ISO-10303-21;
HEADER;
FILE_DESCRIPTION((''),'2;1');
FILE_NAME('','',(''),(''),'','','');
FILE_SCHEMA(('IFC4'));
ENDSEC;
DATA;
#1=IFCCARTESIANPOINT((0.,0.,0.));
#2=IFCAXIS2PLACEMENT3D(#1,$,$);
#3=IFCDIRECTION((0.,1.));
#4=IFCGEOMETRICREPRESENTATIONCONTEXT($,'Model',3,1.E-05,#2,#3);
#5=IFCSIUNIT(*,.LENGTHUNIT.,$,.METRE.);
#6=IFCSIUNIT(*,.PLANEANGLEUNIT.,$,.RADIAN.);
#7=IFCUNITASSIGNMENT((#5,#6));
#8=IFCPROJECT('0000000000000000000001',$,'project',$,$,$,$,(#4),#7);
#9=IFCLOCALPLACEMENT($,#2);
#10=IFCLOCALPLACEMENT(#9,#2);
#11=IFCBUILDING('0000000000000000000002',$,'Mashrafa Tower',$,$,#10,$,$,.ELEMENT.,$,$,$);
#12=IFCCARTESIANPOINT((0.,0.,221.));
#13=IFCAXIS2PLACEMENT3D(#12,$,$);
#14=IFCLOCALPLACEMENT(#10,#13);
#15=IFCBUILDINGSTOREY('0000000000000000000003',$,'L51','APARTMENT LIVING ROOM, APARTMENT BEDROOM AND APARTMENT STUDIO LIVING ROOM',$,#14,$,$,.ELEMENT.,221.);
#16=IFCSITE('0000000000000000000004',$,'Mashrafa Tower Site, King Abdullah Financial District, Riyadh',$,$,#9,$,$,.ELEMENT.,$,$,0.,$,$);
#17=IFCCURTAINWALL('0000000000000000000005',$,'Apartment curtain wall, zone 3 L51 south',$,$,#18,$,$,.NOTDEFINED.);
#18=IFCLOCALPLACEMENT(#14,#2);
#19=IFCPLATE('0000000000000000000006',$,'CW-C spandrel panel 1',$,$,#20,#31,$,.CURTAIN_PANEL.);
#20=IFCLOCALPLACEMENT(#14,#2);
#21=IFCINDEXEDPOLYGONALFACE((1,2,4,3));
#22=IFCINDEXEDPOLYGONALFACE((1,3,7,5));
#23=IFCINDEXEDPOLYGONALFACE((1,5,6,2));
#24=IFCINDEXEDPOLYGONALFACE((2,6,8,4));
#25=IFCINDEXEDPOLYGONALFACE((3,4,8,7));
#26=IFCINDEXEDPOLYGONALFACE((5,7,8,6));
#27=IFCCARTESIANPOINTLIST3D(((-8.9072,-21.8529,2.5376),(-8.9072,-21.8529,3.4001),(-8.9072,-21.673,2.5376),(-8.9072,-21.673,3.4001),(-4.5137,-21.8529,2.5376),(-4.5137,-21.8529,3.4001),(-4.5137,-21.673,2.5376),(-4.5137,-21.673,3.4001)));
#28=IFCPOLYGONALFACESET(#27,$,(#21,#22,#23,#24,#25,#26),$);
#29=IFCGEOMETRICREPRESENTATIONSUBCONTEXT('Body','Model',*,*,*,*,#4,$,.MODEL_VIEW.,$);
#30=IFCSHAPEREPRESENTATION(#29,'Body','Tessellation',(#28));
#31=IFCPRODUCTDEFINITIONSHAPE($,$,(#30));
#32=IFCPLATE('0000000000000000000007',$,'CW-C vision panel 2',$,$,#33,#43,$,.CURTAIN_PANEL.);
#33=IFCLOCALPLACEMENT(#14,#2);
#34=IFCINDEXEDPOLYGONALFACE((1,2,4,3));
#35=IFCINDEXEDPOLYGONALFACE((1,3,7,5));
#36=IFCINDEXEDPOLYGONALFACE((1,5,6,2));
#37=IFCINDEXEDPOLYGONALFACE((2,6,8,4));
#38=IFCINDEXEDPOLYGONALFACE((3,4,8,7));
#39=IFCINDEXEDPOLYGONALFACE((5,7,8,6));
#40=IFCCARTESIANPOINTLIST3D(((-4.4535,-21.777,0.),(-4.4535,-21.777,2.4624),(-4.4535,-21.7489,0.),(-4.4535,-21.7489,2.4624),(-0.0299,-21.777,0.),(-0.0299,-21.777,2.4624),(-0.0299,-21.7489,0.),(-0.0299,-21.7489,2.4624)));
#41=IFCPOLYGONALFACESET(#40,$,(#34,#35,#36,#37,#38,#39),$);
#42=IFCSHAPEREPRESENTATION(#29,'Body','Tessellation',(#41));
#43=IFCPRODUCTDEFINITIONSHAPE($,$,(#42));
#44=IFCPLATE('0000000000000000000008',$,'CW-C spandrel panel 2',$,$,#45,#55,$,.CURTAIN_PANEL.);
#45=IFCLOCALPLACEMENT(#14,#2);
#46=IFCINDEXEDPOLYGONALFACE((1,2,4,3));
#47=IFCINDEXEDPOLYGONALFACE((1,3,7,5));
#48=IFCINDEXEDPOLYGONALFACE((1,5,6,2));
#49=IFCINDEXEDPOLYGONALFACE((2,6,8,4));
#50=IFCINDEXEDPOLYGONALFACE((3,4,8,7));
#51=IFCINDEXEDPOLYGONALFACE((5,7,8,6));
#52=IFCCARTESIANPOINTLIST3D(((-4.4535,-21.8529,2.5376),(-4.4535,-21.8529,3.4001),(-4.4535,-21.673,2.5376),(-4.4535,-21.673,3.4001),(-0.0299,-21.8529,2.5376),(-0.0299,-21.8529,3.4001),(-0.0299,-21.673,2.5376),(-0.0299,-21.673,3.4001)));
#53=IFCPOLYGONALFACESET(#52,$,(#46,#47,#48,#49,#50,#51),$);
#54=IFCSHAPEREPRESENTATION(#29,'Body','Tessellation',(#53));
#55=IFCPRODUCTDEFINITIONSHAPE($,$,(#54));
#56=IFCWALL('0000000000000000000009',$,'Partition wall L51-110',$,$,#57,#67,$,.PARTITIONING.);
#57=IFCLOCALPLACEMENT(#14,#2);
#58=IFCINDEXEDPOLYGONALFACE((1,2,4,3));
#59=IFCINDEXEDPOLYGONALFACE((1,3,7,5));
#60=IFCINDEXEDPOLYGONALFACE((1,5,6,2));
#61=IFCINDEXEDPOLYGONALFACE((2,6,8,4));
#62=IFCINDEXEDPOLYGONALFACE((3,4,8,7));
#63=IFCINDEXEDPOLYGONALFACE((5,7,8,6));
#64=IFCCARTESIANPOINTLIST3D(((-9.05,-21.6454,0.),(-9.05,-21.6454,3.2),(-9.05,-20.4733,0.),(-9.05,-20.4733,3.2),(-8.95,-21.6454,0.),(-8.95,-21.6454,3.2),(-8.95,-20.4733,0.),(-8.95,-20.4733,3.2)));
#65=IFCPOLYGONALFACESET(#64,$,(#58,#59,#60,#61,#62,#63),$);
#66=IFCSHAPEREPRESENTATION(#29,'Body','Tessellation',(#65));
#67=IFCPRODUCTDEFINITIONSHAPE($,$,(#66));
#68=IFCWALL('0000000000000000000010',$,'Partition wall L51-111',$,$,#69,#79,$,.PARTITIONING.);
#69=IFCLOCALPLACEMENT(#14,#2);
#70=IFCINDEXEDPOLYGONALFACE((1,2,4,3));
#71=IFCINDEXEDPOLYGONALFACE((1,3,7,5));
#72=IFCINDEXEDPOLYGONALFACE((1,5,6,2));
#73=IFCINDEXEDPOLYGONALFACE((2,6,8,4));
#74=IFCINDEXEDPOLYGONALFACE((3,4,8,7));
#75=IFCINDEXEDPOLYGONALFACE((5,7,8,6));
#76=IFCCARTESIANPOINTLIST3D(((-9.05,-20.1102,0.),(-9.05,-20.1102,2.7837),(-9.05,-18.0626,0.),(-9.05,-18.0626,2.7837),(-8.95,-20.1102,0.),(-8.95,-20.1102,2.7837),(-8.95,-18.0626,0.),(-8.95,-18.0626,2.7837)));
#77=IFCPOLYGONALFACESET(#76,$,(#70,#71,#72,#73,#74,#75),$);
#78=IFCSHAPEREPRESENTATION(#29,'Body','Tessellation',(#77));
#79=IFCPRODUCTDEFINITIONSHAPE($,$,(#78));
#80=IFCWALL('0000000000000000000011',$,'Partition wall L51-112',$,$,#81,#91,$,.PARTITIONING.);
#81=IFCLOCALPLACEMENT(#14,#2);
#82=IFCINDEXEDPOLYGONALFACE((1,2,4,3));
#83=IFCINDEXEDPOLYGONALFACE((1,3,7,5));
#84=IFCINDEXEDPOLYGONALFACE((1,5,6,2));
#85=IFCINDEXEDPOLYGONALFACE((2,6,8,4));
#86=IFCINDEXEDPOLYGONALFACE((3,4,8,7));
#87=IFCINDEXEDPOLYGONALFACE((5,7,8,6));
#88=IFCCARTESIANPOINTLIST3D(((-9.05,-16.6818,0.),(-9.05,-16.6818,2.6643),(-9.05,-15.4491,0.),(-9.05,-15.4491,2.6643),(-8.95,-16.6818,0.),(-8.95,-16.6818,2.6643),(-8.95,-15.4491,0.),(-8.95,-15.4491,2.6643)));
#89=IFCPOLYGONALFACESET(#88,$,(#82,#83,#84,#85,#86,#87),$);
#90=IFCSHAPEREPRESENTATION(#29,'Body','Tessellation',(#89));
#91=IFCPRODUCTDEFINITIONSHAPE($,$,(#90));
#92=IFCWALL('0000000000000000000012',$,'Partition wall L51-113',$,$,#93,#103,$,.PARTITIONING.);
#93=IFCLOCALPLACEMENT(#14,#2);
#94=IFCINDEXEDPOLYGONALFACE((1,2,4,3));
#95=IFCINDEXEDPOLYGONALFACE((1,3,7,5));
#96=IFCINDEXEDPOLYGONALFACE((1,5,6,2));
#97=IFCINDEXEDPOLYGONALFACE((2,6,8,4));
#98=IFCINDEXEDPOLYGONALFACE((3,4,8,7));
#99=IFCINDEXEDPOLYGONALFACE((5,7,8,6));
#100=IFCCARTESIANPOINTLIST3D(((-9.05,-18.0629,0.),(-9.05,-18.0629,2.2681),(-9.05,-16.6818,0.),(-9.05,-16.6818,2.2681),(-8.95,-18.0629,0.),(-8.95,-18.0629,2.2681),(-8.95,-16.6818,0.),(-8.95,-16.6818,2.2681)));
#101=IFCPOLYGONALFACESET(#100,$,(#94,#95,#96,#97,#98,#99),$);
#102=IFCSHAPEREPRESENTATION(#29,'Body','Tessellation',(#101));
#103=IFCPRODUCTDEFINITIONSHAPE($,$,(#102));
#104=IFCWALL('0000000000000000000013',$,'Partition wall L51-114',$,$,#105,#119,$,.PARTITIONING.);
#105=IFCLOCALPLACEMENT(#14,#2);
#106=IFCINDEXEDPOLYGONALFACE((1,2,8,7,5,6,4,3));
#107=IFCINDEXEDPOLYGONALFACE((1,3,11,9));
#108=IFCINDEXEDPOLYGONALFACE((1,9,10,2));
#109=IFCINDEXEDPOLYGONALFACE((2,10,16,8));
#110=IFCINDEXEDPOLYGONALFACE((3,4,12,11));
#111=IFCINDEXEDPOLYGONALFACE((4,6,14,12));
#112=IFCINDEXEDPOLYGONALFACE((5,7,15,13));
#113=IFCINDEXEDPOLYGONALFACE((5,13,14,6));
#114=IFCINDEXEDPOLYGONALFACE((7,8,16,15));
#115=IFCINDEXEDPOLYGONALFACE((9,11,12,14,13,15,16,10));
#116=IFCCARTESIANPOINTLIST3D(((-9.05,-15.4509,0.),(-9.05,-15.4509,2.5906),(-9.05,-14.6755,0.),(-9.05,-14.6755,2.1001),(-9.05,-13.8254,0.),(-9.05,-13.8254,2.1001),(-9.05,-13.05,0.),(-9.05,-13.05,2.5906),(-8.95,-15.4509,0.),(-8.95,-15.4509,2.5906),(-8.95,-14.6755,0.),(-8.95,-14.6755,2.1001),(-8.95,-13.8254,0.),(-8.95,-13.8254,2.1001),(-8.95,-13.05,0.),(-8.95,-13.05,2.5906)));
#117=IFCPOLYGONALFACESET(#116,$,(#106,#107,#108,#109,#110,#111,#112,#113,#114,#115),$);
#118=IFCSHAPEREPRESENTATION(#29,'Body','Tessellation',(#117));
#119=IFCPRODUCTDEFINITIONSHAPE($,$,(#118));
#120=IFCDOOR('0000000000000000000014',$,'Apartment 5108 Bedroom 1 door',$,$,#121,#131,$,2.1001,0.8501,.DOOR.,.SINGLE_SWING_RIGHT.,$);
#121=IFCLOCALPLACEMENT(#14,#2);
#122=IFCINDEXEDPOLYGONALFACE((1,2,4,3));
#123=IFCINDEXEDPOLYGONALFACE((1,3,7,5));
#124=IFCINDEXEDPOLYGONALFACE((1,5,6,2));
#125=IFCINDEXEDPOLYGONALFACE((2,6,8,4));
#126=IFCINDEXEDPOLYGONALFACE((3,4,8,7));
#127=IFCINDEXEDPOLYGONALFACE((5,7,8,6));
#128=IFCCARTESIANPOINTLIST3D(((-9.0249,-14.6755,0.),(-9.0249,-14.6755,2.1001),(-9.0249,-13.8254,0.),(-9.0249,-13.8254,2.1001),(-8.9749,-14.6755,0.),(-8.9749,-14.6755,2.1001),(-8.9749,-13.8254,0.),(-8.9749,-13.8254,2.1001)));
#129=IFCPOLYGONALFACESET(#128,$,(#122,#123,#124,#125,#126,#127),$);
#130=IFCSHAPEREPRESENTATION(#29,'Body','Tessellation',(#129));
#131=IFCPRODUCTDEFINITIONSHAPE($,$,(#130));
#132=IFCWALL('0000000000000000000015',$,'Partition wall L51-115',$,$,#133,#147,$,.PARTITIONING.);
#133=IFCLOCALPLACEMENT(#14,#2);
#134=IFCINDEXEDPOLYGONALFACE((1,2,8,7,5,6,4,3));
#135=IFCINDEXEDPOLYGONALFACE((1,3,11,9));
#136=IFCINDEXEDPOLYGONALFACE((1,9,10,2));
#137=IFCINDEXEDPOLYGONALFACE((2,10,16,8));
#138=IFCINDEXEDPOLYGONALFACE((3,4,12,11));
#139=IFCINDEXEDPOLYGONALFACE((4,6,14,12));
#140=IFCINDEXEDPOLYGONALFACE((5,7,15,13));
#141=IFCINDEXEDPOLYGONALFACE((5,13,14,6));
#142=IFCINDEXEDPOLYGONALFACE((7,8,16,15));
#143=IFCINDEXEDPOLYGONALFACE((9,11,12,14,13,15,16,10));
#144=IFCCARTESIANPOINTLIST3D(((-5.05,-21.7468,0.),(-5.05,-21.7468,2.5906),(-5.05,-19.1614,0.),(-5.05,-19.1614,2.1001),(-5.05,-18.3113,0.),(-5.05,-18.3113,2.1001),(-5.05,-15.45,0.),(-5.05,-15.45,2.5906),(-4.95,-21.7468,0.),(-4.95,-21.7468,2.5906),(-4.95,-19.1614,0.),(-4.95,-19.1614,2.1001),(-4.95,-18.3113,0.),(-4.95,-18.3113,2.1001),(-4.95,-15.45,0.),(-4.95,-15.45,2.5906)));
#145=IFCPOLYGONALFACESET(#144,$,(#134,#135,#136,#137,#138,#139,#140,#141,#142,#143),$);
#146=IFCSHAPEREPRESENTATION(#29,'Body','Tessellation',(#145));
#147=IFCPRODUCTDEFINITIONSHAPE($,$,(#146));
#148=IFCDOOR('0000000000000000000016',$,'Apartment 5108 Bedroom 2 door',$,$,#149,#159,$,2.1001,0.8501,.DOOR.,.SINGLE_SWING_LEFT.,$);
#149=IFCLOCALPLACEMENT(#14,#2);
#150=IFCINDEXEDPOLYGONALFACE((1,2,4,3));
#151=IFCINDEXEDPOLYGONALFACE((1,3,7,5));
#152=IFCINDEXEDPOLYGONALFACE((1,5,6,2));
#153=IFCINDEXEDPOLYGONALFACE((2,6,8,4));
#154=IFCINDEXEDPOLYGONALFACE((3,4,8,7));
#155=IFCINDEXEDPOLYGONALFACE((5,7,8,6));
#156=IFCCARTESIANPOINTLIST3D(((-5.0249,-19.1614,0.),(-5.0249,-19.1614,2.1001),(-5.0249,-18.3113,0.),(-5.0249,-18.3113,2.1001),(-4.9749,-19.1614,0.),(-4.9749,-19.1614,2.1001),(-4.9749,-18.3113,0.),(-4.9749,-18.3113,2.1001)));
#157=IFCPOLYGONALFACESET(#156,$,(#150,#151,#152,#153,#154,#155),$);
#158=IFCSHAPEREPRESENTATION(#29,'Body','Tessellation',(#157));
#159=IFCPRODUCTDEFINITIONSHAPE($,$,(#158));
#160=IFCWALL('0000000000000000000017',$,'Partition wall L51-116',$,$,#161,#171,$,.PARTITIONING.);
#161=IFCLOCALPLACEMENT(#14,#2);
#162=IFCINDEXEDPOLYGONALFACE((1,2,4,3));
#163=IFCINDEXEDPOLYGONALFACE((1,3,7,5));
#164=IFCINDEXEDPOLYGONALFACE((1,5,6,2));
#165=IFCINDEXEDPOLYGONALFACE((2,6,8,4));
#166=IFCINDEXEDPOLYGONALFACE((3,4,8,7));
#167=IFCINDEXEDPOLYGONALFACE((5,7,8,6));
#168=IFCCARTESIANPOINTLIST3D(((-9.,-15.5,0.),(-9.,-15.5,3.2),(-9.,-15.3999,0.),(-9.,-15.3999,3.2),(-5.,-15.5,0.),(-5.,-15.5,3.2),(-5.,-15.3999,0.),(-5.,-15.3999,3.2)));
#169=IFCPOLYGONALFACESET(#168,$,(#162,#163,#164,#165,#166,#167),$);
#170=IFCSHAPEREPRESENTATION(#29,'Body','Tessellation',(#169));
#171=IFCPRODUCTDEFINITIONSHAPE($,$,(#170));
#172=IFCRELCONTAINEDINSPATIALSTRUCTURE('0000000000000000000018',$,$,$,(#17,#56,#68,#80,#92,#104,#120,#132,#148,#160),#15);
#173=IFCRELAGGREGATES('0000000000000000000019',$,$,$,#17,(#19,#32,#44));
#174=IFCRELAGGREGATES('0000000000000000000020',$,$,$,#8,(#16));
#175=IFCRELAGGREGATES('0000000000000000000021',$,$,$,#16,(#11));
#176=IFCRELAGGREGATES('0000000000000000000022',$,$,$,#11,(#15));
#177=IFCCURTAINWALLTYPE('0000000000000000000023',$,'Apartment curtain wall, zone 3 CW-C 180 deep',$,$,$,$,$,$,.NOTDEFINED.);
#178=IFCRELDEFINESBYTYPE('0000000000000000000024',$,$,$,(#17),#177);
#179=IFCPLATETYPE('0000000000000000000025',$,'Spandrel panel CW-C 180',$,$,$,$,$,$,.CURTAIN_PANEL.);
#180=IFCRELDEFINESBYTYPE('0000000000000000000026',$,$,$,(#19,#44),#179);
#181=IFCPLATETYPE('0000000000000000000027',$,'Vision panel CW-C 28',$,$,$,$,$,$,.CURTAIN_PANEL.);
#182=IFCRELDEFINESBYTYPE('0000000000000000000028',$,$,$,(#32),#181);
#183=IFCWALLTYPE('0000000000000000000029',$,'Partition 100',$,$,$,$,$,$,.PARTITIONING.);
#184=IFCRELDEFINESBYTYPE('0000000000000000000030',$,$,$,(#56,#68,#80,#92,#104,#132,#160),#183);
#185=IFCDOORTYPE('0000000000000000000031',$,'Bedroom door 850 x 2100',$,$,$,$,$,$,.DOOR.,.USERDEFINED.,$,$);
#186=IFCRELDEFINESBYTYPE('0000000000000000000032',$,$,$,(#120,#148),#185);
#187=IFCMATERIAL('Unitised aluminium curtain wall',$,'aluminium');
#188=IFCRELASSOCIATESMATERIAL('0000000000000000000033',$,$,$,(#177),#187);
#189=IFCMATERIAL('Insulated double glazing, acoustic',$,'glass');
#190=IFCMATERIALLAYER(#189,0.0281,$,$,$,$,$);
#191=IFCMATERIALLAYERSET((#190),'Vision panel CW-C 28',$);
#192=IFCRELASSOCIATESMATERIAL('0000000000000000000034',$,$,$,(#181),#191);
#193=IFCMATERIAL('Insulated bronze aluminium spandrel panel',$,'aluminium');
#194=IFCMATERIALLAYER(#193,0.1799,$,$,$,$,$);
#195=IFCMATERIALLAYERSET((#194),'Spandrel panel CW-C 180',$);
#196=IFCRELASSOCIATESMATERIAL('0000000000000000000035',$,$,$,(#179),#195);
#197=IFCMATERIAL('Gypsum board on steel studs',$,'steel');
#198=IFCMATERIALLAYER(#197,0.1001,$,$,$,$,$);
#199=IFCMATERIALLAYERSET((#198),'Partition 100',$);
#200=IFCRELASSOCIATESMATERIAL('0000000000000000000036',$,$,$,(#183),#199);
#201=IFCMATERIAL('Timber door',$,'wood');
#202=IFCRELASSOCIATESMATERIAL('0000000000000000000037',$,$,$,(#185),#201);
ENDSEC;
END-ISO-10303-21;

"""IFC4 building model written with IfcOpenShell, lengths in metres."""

from ifc_helpers import new_model, si_unit, direction, frame, frame_2d, origin, origin_2d, place, context, subcontext, project, spatial, rectangle, extrude, source, transform, mapped, material, layer, layer_set, type_object, type_shapes, element, fill, aggregate, save


model = new_model("IFC4")

# Units and contexts
model_context = context("Model", 3, precision=1e-05, world=origin(), true_north=direction((0.0, 1.0)))
body_context = subcontext(model_context, "Body", "Model", "MODEL_VIEW")
ifc_project = project(units=[si_unit("LENGTHUNIT", "METRE"), si_unit("PLANEANGLEUNIT", "RADIAN")], contexts=[model_context])

# Site, building, storey
site_placement = place(None, origin())
site = spatial("IfcSite", under=ifc_project, at=site_placement, Name="Mashrafa Tower Site, King Abdullah Financial District, Riyadh", CompositionType="ELEMENT", RefElevation=0.0)
building_placement = place(site_placement, origin())
building = spatial("IfcBuilding", under=site, at=building_placement, Name="Mashrafa Tower", CompositionType="ELEMENT")
storey_placement = place(building_placement, frame((0.0, 0.0, 221.0)))
storey = spatial("IfcBuildingStorey", under=building, at=storey_placement, Name="L51", Description="APARTMENT LIVING ROOM, APARTMENT BEDROOM AND APARTMENT STUDIO LIVING ROOM", CompositionType="ELEMENT", Elevation=221.0)

# Curtain wall
ifc_material_1 = material(Name="Unitised aluminium curtain wall", Category="aluminium")
curtain_wall_type = type_object("IfcCurtainWallType", Name="Apartment curtain wall, zone 3 CW-C 180 deep", PredefinedType="NOTDEFINED", material=ifc_material_1)
curtain_wall_1_placement = place(storey_placement, origin())
curtain_wall_1 = element("IfcCurtainWall", 1, at=curtain_wall_1_placement, inside=storey, type_object=curtain_wall_type, Name="Apartment curtain wall, zone 3 L51 south", PredefinedType="NOTDEFINED")

# Plates
ifc_material_2 = material(Name="Insulated double glazing, acoustic", Category="glass")
ifc_layer_1 = layer(ifc_material_2, 0.0281)
ifc_layer_set_1 = layer_set([ifc_layer_1], Name="Vision panel CW-C 28")
plate_type_1 = type_object("IfcPlateType", Name="Vision panel CW-C 28", PredefinedType="CURTAIN_PANEL", material=ifc_layer_set_1)
ifc_material_3 = material(Name="Insulated bronze aluminium spandrel panel", Category="aluminium")
ifc_layer_2 = layer(ifc_material_3, 0.1799)
ifc_layer_set_2 = layer_set([ifc_layer_2], Name="Spandrel panel CW-C 180")
plate_type_2 = type_object("IfcPlateType", Name="Spandrel panel CW-C 180", PredefinedType="CURTAIN_PANEL", material=ifc_layer_set_2)
shared_shape_1 = source(origin(), body_context, "Body", "SweptSolid", [
    extrude(rectangle(XDim=4.3936, YDim=0.1799, at=origin_2d()), origin(), (0.0, 0.0, 1.0), 0.8625),
])
plate_1_placement = place(storey_placement, frame((-6.7104, -21.7629, 2.5376), z_axis=(0.0, 0.0, 1.0), x_axis=(1.0, 0.0, 0.0)))
plate_1 = element("IfcPlate", 2, at=plate_1_placement, type_object=plate_type_2, Name="CW-C spandrel panel 1", PredefinedType="CURTAIN_PANEL", context=body_context, shape_type="MappedRepresentation", body=[
    mapped(shared_shape_1, transform((0.0, 0.0, 0.0))),
])
shared_shape_2 = source(origin(), body_context, "Body", "SweptSolid", [
    extrude(rectangle(XDim=4.4236, YDim=0.0281, at=origin_2d()), origin(), (0.0, 0.0, 1.0), 2.4624),
])
plate_2_placement = place(storey_placement, frame((-2.2417, -21.7629, 0.0), z_axis=(0.0, 0.0, 1.0), x_axis=(1.0, 0.0, 0.0)))
plate_2 = element("IfcPlate", 3, at=plate_2_placement, type_object=plate_type_1, Name="CW-C vision panel 2", PredefinedType="CURTAIN_PANEL", context=body_context, shape_type="MappedRepresentation", body=[
    mapped(shared_shape_2, transform((0.0, 0.0, 0.0))),
])
shared_shape_3 = source(origin(), body_context, "Body", "SweptSolid", [
    extrude(rectangle(XDim=4.4236, YDim=0.1799, at=origin_2d()), origin(), (0.0, 0.0, 1.0), 0.8625),
])
type_shapes(plate_type_2, [shared_shape_1, shared_shape_3])
plate_3_placement = place(storey_placement, frame((-2.2417, -21.7629, 2.5376), z_axis=(0.0, 0.0, 1.0), x_axis=(1.0, 0.0, 0.0)))
plate_3 = element("IfcPlate", 4, at=plate_3_placement, type_object=plate_type_2, Name="CW-C spandrel panel 2", PredefinedType="CURTAIN_PANEL", context=body_context, shape_type="MappedRepresentation", body=[
    mapped(shared_shape_3, transform((0.0, 0.0, 0.0))),
])
aggregate(curtain_wall_1, [plate_1, plate_2, plate_3])

# Walls
ifc_material_4 = material(Name="Gypsum board on steel studs", Category="steel")
ifc_layer_3 = layer(ifc_material_4, 0.1001)
ifc_layer_set_3 = layer_set([ifc_layer_3], Name="Partition 100")
wall_type = type_object("IfcWallType", Name="Partition 100", PredefinedType="PARTITIONING", material=ifc_layer_set_3)
wall_1_placement = place(storey_placement, frame((-9.0, -21.6453, 0.0), z_axis=(0.0, 0.0, 1.0), x_axis=(0.0, 1.0, 0.0)))
element("IfcWall", 5, at=wall_1_placement, inside=storey, type_object=wall_type, Name="Partition wall L51-110", PredefinedType="PARTITIONING", context=body_context, shape_type="SweptSolid", body=[
    extrude(rectangle(XDim=1.1721, YDim=0.1001, at=frame_2d((0.5859, 0.0))), origin(), (0.0, 0.0, 1.0), 3.2),
])
wall_2_placement = place(storey_placement, frame((-9.0, -20.1104, 0.0), z_axis=(0.0, 0.0, 1.0), x_axis=(0.0, 1.0, 0.0)))
element("IfcWall", 6, at=wall_2_placement, inside=storey, type_object=wall_type, Name="Partition wall L51-111", PredefinedType="PARTITIONING", context=body_context, shape_type="SweptSolid", body=[
    extrude(rectangle(XDim=2.0476, YDim=0.1001, at=frame_2d((1.0239, 0.0))), origin(), (0.0, 0.0, 1.0), 2.7837),
])
wall_3_placement = place(storey_placement, frame((-9.0, -16.6816, 0.0), z_axis=(0.0, 0.0, 1.0), x_axis=(0.0, 1.0, 0.0)))
element("IfcWall", 7, at=wall_3_placement, inside=storey, type_object=wall_type, Name="Partition wall L51-112", PredefinedType="PARTITIONING", context=body_context, shape_type="SweptSolid", body=[
    extrude(rectangle(XDim=1.2327, YDim=0.1001, at=frame_2d((0.6162, 0.0))), origin(), (0.0, 0.0, 1.0), 2.6643),
])
wall_4_placement = place(storey_placement, frame((-9.0, -18.0627, 0.0), z_axis=(0.0, 0.0, 1.0), x_axis=(0.0, 1.0, 0.0)))
element("IfcWall", 8, at=wall_4_placement, inside=storey, type_object=wall_type, Name="Partition wall L51-113", PredefinedType="PARTITIONING", context=body_context, shape_type="SweptSolid", body=[
    extrude(rectangle(XDim=1.3811, YDim=0.1001, at=frame_2d((0.6904, 0.0))), origin(), (0.0, 0.0, 1.0), 2.2681),
])

# Walls, openings, doors
wall_5_placement = place(storey_placement, frame((-9.0, -15.4509, 0.0), z_axis=(0.0, 0.0, 1.0), x_axis=(0.0, 1.0, 0.0)))
wall_5 = element("IfcWall", 9, at=wall_5_placement, inside=storey, type_object=wall_type, Name="Partition wall L51-114", PredefinedType="PARTITIONING", context=body_context, shape_type="SweptSolid", body=[
    extrude(rectangle(XDim=2.4009, YDim=0.1001, at=frame_2d((1.2004, 0.0))), origin(), (0.0, 0.0, 1.0), 2.5906),
])
opening_1_placement = place(wall_5_placement, frame((0.7754, 0.0, 0.0)))
opening_1 = element("IfcOpeningElement", 10, at=opening_1_placement, cuts=wall_5, PredefinedType="OPENING", context=body_context, shape_type="SweptSolid", body=[
    extrude(rectangle(XDim=0.8501, YDim=2.1001, at=frame_2d((0.425, 1.05))), frame((0.0, 0.0601, 0.0), z_axis=(0.0, -1.0, 0.0), x_axis=(1.0, 0.0, 0.0)), (0.0, 0.0, 1.0), 0.1201),
])
ifc_material_5 = material(Name="Timber door", Category="wood")
door_type = type_object("IfcDoorType", Name="Bedroom door 850 x 2100", OperationType="USERDEFINED", PredefinedType="DOOR", material=ifc_material_5)
door_1_placement = place(opening_1_placement, origin())
door_1 = element("IfcDoor", 11, at=door_1_placement, inside=storey, type_object=door_type, Name="Apartment 5108 Bedroom 1 door", OperationType="SINGLE_SWING_RIGHT", OverallHeight=2.1001, OverallWidth=0.8501, PredefinedType="DOOR", context=body_context, shape_type="SweptSolid", body=[
    extrude(rectangle(XDim=0.8501, YDim=2.1001, at=frame_2d((0.425, 1.05))), frame((0.0, 0.0249, 0.0), z_axis=(0.0, -1.0, 0.0), x_axis=(1.0, 0.0, 0.0)), (0.0, 0.0, 1.0), 0.05),
])
fill(opening_1, door_1)
wall_6_placement = place(storey_placement, frame((-5.0, -21.7468, 0.0), z_axis=(0.0, 0.0, 1.0), x_axis=(0.0, 1.0, 0.0)))
wall_6 = element("IfcWall", 12, at=wall_6_placement, inside=storey, type_object=wall_type, Name="Partition wall L51-115", PredefinedType="PARTITIONING", context=body_context, shape_type="SweptSolid", body=[
    extrude(rectangle(XDim=6.2969, YDim=0.1001, at=frame_2d((3.1484, 0.0))), origin(), (0.0, 0.0, 1.0), 2.5906),
])
opening_2_placement = place(wall_6_placement, frame((2.5854, 0.0, 0.0)))
opening_2 = element("IfcOpeningElement", 13, at=opening_2_placement, cuts=wall_6, PredefinedType="OPENING", context=body_context, shape_type="SweptSolid", body=[
    extrude(rectangle(XDim=0.8501, YDim=2.1001, at=frame_2d((0.425, 1.05))), frame((0.0, 0.0601, 0.0), z_axis=(0.0, -1.0, 0.0), x_axis=(1.0, 0.0, 0.0)), (0.0, 0.0, 1.0), 0.1201),
])
door_2_placement = place(opening_2_placement, origin())
door_2 = element("IfcDoor", 14, at=door_2_placement, inside=storey, type_object=door_type, Name="Apartment 5108 Bedroom 2 door", OperationType="SINGLE_SWING_LEFT", OverallHeight=2.1001, OverallWidth=0.8501, PredefinedType="DOOR", context=body_context, shape_type="SweptSolid", body=[
    extrude(rectangle(XDim=0.8501, YDim=2.1001, at=frame_2d((0.425, 1.05))), frame((0.0, 0.0249, 0.0), z_axis=(0.0, -1.0, 0.0), x_axis=(1.0, 0.0, 0.0)), (0.0, 0.0, 1.0), 0.05),
])
fill(opening_2, door_2)

# Wall
wall_7_placement = place(storey_placement, frame((-5.0, -15.45, 0.0), z_axis=(0.0, 0.0, 1.0), x_axis=(-1.0, 0.0, 0.0)))
element("IfcWall", 15, at=wall_7_placement, inside=storey, type_object=wall_type, Name="Partition wall L51-116", PredefinedType="PARTITIONING", context=body_context, shape_type="SweptSolid", body=[
    extrude(rectangle(XDim=4.0, YDim=0.1001, at=frame_2d((2.0, 0.0))), origin(), (0.0, 0.0, 1.0), 3.2),
])

save(model, "model.ifc")
